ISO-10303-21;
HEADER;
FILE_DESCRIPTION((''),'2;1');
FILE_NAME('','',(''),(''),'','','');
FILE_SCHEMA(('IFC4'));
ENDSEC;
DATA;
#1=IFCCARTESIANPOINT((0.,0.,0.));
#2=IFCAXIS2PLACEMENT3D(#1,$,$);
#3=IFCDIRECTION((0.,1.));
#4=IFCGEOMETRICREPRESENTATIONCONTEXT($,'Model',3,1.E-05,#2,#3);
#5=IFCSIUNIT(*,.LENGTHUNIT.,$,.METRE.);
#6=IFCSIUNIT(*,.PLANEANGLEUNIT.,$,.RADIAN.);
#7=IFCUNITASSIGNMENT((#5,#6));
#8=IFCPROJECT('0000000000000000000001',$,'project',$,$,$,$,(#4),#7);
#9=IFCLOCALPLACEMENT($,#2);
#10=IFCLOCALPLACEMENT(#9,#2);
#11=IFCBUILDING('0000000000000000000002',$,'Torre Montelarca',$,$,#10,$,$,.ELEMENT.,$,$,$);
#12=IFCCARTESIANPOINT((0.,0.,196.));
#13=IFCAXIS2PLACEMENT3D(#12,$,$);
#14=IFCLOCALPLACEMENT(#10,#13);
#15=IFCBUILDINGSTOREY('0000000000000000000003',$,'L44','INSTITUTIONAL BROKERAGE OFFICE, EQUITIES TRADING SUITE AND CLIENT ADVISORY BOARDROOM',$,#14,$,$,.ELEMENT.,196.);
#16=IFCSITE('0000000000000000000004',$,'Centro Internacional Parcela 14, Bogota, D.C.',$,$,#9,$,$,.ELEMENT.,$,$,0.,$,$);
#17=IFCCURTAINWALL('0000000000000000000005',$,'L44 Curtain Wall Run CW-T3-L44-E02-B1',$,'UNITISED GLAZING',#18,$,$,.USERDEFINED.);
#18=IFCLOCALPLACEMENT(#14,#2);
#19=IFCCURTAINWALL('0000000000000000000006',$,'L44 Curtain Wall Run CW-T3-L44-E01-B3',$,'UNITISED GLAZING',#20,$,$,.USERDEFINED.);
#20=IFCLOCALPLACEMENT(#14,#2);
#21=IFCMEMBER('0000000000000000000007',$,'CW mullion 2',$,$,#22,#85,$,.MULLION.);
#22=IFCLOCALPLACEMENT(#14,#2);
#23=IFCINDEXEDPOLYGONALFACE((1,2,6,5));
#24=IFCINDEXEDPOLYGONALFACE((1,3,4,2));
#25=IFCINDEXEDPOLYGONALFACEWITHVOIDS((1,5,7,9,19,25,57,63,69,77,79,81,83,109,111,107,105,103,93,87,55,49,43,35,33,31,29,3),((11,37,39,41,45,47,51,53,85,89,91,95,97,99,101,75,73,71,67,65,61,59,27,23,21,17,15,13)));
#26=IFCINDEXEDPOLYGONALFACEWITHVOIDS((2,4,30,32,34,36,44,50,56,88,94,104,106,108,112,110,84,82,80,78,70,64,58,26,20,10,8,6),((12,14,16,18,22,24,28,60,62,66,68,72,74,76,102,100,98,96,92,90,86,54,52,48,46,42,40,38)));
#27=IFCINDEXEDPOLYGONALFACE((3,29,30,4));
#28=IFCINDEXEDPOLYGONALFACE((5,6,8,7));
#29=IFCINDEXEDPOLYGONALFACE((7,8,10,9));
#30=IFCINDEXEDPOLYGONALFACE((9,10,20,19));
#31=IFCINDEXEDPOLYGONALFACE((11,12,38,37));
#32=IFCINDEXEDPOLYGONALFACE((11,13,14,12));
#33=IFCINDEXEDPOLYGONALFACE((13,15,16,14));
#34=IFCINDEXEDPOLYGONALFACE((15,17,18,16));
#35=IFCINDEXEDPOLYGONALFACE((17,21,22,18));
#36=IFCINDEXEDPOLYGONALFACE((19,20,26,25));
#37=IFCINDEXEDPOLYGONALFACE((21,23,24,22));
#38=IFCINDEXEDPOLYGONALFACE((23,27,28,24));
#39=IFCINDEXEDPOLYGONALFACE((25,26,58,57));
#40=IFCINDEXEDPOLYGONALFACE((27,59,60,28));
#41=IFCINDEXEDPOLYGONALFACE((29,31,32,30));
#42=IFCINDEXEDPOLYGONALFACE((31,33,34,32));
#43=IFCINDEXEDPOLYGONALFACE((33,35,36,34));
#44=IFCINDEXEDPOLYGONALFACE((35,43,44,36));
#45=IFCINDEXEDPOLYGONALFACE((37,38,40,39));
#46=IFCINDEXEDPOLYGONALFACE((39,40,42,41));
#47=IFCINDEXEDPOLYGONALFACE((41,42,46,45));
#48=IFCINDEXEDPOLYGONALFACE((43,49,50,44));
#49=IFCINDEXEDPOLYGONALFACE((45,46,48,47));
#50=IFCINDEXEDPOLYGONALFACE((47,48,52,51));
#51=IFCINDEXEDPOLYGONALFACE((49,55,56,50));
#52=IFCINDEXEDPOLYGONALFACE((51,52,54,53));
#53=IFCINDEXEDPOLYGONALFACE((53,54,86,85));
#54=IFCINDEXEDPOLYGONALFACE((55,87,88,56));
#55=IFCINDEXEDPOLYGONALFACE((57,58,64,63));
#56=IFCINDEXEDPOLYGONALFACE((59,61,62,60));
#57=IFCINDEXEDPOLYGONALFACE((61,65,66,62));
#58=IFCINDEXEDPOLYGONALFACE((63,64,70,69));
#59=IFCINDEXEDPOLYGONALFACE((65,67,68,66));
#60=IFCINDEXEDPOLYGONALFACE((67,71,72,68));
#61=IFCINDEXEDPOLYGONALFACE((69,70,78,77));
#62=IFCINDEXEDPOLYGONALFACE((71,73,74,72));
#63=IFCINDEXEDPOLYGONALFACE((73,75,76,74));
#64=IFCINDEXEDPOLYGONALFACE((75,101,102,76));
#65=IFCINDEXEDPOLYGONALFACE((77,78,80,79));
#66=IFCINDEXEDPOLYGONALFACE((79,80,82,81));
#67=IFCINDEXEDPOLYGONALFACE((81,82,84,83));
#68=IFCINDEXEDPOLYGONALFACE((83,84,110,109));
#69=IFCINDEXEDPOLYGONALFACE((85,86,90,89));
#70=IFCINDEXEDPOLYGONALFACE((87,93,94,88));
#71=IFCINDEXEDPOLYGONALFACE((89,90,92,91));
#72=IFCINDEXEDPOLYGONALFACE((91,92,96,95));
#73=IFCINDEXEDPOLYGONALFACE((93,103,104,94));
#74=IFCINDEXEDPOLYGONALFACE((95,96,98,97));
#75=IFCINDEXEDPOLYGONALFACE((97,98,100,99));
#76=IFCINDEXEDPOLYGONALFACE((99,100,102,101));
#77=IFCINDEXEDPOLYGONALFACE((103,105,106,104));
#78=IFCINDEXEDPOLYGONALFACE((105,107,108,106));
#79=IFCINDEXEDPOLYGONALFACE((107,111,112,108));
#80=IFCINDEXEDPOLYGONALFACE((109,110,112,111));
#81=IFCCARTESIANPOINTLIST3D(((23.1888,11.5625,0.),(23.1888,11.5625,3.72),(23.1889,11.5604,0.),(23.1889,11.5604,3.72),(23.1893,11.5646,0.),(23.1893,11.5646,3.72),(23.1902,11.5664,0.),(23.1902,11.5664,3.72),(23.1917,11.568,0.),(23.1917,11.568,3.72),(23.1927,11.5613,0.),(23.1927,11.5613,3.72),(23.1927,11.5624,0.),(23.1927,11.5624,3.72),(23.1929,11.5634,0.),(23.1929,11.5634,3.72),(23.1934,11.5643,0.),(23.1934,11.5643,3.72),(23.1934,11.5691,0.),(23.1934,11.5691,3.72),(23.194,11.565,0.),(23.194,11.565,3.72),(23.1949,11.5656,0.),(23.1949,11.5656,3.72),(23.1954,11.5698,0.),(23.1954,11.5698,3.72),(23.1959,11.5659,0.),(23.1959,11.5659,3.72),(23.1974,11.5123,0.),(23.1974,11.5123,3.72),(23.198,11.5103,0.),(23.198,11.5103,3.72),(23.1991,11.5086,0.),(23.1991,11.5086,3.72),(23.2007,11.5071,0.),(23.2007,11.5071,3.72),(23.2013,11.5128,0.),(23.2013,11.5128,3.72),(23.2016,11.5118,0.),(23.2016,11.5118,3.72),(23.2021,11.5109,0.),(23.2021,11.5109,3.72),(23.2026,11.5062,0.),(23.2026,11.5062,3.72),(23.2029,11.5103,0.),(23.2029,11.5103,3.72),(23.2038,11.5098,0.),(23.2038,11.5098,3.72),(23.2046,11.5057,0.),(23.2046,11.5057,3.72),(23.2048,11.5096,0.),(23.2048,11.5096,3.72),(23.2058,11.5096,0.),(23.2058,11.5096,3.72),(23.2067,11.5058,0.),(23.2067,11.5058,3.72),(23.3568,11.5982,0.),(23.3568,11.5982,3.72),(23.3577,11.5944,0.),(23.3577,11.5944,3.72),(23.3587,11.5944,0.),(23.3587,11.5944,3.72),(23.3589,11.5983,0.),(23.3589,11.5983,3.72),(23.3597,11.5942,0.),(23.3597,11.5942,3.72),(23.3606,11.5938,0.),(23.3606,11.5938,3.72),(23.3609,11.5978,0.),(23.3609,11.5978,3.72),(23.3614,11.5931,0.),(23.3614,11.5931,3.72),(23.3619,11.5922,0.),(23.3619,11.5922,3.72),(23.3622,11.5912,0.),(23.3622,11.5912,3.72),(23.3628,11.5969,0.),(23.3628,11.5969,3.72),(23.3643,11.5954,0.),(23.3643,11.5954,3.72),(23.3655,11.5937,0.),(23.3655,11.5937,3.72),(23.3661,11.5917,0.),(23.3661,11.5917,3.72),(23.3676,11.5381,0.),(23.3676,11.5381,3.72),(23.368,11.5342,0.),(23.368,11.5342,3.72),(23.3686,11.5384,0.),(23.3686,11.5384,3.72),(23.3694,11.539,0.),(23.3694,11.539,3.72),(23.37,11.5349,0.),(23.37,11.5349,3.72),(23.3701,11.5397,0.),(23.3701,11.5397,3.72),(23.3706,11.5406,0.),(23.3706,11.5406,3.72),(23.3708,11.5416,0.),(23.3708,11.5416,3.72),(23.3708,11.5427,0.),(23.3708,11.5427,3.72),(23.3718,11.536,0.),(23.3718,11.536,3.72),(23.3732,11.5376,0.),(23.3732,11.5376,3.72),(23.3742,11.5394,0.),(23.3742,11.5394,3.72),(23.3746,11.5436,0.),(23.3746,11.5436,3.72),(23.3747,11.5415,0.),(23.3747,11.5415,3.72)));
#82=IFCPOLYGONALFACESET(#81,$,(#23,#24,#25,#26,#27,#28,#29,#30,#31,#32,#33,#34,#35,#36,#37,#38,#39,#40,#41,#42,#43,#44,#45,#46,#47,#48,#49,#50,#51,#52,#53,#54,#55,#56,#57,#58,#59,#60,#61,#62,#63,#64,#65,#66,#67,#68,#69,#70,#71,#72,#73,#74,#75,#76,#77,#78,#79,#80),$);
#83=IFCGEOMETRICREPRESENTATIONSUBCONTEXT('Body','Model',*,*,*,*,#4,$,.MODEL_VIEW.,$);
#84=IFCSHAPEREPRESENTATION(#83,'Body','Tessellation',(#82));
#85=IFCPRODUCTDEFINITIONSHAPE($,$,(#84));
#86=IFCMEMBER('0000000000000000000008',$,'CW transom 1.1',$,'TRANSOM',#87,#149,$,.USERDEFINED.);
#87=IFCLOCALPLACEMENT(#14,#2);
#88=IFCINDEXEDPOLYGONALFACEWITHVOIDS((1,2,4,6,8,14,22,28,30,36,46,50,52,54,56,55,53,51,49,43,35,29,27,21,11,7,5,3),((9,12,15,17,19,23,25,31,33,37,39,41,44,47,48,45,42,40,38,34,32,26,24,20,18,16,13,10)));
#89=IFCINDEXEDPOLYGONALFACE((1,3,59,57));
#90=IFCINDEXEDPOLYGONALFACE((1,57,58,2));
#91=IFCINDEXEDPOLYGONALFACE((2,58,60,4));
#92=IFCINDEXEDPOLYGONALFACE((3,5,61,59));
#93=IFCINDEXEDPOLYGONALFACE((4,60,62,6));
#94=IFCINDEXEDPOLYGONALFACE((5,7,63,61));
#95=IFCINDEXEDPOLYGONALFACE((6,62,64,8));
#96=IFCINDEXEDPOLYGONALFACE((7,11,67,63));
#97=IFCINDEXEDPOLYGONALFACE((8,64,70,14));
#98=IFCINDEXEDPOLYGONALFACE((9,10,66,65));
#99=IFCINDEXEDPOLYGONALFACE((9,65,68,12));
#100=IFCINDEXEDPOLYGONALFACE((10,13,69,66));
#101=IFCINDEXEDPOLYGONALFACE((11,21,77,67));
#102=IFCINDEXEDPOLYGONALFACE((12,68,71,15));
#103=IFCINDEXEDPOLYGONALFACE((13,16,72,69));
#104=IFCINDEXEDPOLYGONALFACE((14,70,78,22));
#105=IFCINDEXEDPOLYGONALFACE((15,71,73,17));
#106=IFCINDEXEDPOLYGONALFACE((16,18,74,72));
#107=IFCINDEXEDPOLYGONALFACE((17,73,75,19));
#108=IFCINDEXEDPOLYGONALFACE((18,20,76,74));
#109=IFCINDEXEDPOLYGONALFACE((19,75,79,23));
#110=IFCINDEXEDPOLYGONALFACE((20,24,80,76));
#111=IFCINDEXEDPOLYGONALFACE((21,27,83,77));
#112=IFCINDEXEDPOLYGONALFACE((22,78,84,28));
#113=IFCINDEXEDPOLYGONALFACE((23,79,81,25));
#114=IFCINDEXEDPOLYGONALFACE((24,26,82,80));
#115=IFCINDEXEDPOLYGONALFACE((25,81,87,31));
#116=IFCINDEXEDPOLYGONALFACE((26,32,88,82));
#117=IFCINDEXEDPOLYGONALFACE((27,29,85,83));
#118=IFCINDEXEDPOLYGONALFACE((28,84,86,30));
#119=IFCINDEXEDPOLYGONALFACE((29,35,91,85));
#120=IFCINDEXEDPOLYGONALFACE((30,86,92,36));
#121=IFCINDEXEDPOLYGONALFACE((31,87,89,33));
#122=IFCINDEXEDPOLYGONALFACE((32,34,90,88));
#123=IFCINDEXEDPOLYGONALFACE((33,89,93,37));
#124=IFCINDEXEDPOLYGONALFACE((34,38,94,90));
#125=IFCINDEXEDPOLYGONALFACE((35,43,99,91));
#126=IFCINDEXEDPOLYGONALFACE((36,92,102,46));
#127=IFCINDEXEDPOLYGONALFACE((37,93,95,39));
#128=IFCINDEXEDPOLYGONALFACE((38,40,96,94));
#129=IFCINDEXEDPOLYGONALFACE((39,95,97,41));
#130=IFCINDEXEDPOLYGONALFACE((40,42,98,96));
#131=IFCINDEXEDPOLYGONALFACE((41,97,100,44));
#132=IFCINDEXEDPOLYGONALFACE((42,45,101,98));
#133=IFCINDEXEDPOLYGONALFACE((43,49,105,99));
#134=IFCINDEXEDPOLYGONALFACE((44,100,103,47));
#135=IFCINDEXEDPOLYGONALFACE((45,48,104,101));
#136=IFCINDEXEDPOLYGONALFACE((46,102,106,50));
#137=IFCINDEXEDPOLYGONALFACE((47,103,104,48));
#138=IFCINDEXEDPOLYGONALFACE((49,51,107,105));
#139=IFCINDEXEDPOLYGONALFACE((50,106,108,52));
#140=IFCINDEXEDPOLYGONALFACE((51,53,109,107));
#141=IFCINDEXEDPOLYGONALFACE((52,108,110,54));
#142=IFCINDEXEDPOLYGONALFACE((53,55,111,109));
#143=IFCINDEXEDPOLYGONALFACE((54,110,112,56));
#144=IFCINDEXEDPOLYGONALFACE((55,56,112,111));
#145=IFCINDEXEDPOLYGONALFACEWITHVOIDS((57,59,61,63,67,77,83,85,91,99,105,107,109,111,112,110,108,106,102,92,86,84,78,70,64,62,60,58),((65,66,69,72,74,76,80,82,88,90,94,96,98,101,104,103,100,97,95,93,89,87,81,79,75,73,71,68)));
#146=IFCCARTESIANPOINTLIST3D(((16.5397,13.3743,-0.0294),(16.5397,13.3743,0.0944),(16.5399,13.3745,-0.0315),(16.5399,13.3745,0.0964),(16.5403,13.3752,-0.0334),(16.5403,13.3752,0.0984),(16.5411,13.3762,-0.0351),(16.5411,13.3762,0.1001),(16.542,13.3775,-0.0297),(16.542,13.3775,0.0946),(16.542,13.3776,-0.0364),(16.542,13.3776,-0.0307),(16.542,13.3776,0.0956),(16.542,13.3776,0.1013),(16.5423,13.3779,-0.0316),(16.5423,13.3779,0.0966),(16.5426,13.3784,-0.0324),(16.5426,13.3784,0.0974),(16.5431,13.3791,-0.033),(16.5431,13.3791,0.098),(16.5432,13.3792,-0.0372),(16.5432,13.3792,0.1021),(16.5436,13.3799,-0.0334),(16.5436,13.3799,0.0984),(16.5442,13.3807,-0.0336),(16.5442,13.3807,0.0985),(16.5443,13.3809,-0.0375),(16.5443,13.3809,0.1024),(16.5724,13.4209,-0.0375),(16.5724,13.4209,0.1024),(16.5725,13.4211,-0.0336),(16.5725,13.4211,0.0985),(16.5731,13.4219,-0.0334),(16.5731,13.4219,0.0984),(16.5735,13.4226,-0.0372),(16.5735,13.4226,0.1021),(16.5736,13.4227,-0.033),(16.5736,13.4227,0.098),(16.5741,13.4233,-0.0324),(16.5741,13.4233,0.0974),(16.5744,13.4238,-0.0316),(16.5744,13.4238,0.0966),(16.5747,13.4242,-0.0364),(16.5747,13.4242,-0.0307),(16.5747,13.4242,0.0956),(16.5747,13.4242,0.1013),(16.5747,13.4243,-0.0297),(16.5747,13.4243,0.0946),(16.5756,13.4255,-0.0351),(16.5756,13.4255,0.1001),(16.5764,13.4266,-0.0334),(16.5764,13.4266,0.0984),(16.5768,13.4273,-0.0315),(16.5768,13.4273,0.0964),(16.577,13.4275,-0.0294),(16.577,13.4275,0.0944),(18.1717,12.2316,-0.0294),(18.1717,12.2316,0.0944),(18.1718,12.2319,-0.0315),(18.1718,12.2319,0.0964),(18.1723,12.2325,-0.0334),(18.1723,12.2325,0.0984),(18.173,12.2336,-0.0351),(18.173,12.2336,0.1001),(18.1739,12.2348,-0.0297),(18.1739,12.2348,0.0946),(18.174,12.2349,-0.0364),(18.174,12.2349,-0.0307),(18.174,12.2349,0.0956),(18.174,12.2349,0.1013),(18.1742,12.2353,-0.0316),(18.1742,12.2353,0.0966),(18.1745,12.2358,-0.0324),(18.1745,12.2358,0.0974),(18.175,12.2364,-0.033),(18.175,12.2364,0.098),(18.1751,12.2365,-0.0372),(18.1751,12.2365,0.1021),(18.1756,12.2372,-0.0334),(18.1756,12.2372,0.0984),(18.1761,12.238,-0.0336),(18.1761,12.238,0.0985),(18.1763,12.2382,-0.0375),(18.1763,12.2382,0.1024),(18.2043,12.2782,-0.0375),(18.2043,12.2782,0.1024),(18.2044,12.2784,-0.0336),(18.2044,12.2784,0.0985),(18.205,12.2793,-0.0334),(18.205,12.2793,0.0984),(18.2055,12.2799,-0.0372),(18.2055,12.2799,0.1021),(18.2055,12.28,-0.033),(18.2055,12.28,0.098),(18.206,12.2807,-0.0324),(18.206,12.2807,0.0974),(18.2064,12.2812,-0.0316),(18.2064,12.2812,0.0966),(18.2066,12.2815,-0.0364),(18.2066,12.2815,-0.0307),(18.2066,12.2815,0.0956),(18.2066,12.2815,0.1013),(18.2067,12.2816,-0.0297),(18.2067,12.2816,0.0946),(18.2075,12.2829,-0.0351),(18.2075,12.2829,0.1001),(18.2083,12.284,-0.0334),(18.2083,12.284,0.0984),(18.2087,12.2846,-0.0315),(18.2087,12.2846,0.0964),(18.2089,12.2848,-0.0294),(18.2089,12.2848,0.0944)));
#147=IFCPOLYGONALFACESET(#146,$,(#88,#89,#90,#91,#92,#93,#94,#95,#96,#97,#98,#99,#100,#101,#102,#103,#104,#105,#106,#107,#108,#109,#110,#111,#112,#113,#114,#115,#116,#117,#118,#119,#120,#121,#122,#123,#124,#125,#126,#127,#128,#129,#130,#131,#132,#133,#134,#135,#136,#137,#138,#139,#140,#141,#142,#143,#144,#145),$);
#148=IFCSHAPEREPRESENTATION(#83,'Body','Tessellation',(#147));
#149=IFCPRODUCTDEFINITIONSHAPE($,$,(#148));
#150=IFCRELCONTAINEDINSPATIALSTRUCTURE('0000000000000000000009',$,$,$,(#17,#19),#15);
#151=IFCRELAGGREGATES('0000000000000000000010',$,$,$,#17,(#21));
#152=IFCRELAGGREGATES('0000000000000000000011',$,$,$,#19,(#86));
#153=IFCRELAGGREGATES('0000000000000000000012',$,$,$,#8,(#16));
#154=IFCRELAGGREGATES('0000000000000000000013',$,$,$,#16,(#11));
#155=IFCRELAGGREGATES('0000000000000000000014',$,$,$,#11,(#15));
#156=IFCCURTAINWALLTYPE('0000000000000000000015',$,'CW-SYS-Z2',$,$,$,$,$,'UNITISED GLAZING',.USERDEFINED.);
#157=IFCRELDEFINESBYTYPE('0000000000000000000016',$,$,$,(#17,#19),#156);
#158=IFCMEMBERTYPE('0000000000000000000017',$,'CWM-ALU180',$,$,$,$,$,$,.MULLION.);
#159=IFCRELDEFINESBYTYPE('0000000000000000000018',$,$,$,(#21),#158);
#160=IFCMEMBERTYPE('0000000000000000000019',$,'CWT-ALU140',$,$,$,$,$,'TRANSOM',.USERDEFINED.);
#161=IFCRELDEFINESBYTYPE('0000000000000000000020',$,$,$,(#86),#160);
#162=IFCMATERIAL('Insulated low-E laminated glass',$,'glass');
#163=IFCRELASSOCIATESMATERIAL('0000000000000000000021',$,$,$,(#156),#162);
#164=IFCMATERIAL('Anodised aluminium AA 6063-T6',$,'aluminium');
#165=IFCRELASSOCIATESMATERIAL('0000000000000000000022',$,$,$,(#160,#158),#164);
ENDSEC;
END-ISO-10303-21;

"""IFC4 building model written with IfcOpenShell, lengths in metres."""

from ifc_helpers import new_model, si_unit, direction, frame, origin, origin_2d, place, context, subcontext, project, spatial, hollow_rectangle, extrude, source, transform, mapped, material, material_profile, profile_set, type_object, element, aggregate, save


model = new_model("IFC4")

# Units and contexts
model_context = context("Model", 3, precision=1e-05, world=origin(), true_north=direction((0.0, 1.0)))
body_context = subcontext(model_context, "Body", "Model", "MODEL_VIEW")
ifc_project = project(units=[si_unit("LENGTHUNIT", "METRE"), si_unit("PLANEANGLEUNIT", "RADIAN")], contexts=[model_context])

# Site, building, storey
site_placement = place(None, origin())
site = spatial("IfcSite", under=ifc_project, at=site_placement, Name="Centro Internacional Parcela 14, Bogota, D.C.", CompositionType="ELEMENT", RefElevation=0.0)
building_placement = place(site_placement, origin())
building = spatial("IfcBuilding", under=site, at=building_placement, Name="Torre Montelarca", CompositionType="ELEMENT")
storey_placement = place(building_placement, frame((0.0, 0.0, 196.0)))
storey = spatial("IfcBuildingStorey", under=building, at=storey_placement, Name="L44", Description="INSTITUTIONAL BROKERAGE OFFICE, EQUITIES TRADING SUITE AND CLIENT ADVISORY BOARDROOM", CompositionType="ELEMENT", Elevation=196.0)

# Curtain walls
ifc_material_1 = material(Name="Insulated low-E laminated glass", Category="glass")
curtain_wall_type = type_object("IfcCurtainWallType", Name="CW-SYS-Z2", ElementType="UNITISED GLAZING", PredefinedType="USERDEFINED", material=ifc_material_1)
curtain_wall_1_placement = place(storey_placement, origin())
curtain_wall_1 = element("IfcCurtainWall", 1, at=curtain_wall_1_placement, inside=storey, type_object=curtain_wall_type, Name="L44 Curtain Wall Run CW-T3-L44-E02-B1", ObjectType="UNITISED GLAZING", PredefinedType="USERDEFINED")
ifc_material_2 = material(Name="Anodised aluminium AA 6063-T6", Category="aluminium")
ifc_material_profile_1 = material_profile(ifc_material_2, hollow_rectangle(XDim=0.0649, YDim=0.1399, WallThickness=0.0039, InnerFilletRadius=0.0039, OuterFilletRadius=0.0081, at=origin_2d()), Name="ALU65X140X4", Category="aluminium")
ifc_profile_set_1 = profile_set([ifc_material_profile_1], Name="Anodised aluminium AA 6063-T6")
member_type_1 = type_object("IfcMemberType", Name="CWT-ALU140", ElementType="TRANSOM", PredefinedType="USERDEFINED", material=ifc_profile_set_1)
ifc_material_profile_2 = material_profile(ifc_material_2, hollow_rectangle(XDim=0.0649, YDim=0.1799, WallThickness=0.0039, InnerFilletRadius=0.0039, OuterFilletRadius=0.0081, at=origin_2d()), Name="ALU65X180X4", Category="aluminium")
ifc_profile_set_2 = profile_set([ifc_material_profile_2], Name="Anodised aluminium AA 6063-T6")
member_type_2 = type_object("IfcMemberType", Name="CWM-ALU180", PredefinedType="MULLION", material=ifc_profile_set_2)
shared_shape_1 = source(origin(), body_context, "Body", "SweptSolid", [
    extrude(hollow_rectangle(XDim=0.0649, YDim=0.1799, WallThickness=0.0039, InnerFilletRadius=0.0039, OuterFilletRadius=0.0081, at=origin_2d()), origin(), (0.0, 0.0, 1.0), 3.72),
])
curtain_wall_2_placement = place(storey_placement, origin())
curtain_wall_2 = element("IfcCurtainWall", 2, at=curtain_wall_2_placement, inside=storey, type_object=curtain_wall_type, Name="L44 Curtain Wall Run CW-T3-L44-E01-B3", ObjectType="UNITISED GLAZING", PredefinedType="USERDEFINED")

# Members
member_1_placement = place(storey_placement, frame((23.2817, 11.552, 0.0), z_axis=(0.0, 0.0, 1.0), x_axis=(-0.173636, 0.98481, 0.0)))
member_1 = element("IfcMember", 3, at=member_1_placement, type_object=member_type_2, Name="CW mullion 2", PredefinedType="MULLION", context=body_context, shape_type="MappedRepresentation", body=[
    mapped(shared_shape_1, transform((0.0, 0.0, 0.0), scale=1.0)),
])
shared_shape_2 = source(origin(), body_context, "Body", "SweptSolid", [
    extrude(hollow_rectangle(XDim=0.0649, YDim=0.1399, WallThickness=0.0039, InnerFilletRadius=0.0039, OuterFilletRadius=0.0081, at=origin_2d()), origin(), (0.0, 0.0, 1.0), 1.9922),
])
member_2_placement = place(storey_placement, frame((16.5583, 13.4009, 0.0325), z_axis=(0.819163, -0.573561, 0.0), x_axis=(0.573561, 0.819163, 0.0)))
member_2 = element("IfcMember", 4, at=member_2_placement, type_object=member_type_1, Name="CW transom 1.1", ObjectType="TRANSOM", PredefinedType="USERDEFINED", context=body_context, shape_type="MappedRepresentation", body=[
    mapped(shared_shape_2, transform((0.0, 0.0, 0.0), scale=1.0)),
])

aggregate(curtain_wall_1, [member_1])
aggregate(curtain_wall_2, [member_2])

save(model, "model.ifc")
